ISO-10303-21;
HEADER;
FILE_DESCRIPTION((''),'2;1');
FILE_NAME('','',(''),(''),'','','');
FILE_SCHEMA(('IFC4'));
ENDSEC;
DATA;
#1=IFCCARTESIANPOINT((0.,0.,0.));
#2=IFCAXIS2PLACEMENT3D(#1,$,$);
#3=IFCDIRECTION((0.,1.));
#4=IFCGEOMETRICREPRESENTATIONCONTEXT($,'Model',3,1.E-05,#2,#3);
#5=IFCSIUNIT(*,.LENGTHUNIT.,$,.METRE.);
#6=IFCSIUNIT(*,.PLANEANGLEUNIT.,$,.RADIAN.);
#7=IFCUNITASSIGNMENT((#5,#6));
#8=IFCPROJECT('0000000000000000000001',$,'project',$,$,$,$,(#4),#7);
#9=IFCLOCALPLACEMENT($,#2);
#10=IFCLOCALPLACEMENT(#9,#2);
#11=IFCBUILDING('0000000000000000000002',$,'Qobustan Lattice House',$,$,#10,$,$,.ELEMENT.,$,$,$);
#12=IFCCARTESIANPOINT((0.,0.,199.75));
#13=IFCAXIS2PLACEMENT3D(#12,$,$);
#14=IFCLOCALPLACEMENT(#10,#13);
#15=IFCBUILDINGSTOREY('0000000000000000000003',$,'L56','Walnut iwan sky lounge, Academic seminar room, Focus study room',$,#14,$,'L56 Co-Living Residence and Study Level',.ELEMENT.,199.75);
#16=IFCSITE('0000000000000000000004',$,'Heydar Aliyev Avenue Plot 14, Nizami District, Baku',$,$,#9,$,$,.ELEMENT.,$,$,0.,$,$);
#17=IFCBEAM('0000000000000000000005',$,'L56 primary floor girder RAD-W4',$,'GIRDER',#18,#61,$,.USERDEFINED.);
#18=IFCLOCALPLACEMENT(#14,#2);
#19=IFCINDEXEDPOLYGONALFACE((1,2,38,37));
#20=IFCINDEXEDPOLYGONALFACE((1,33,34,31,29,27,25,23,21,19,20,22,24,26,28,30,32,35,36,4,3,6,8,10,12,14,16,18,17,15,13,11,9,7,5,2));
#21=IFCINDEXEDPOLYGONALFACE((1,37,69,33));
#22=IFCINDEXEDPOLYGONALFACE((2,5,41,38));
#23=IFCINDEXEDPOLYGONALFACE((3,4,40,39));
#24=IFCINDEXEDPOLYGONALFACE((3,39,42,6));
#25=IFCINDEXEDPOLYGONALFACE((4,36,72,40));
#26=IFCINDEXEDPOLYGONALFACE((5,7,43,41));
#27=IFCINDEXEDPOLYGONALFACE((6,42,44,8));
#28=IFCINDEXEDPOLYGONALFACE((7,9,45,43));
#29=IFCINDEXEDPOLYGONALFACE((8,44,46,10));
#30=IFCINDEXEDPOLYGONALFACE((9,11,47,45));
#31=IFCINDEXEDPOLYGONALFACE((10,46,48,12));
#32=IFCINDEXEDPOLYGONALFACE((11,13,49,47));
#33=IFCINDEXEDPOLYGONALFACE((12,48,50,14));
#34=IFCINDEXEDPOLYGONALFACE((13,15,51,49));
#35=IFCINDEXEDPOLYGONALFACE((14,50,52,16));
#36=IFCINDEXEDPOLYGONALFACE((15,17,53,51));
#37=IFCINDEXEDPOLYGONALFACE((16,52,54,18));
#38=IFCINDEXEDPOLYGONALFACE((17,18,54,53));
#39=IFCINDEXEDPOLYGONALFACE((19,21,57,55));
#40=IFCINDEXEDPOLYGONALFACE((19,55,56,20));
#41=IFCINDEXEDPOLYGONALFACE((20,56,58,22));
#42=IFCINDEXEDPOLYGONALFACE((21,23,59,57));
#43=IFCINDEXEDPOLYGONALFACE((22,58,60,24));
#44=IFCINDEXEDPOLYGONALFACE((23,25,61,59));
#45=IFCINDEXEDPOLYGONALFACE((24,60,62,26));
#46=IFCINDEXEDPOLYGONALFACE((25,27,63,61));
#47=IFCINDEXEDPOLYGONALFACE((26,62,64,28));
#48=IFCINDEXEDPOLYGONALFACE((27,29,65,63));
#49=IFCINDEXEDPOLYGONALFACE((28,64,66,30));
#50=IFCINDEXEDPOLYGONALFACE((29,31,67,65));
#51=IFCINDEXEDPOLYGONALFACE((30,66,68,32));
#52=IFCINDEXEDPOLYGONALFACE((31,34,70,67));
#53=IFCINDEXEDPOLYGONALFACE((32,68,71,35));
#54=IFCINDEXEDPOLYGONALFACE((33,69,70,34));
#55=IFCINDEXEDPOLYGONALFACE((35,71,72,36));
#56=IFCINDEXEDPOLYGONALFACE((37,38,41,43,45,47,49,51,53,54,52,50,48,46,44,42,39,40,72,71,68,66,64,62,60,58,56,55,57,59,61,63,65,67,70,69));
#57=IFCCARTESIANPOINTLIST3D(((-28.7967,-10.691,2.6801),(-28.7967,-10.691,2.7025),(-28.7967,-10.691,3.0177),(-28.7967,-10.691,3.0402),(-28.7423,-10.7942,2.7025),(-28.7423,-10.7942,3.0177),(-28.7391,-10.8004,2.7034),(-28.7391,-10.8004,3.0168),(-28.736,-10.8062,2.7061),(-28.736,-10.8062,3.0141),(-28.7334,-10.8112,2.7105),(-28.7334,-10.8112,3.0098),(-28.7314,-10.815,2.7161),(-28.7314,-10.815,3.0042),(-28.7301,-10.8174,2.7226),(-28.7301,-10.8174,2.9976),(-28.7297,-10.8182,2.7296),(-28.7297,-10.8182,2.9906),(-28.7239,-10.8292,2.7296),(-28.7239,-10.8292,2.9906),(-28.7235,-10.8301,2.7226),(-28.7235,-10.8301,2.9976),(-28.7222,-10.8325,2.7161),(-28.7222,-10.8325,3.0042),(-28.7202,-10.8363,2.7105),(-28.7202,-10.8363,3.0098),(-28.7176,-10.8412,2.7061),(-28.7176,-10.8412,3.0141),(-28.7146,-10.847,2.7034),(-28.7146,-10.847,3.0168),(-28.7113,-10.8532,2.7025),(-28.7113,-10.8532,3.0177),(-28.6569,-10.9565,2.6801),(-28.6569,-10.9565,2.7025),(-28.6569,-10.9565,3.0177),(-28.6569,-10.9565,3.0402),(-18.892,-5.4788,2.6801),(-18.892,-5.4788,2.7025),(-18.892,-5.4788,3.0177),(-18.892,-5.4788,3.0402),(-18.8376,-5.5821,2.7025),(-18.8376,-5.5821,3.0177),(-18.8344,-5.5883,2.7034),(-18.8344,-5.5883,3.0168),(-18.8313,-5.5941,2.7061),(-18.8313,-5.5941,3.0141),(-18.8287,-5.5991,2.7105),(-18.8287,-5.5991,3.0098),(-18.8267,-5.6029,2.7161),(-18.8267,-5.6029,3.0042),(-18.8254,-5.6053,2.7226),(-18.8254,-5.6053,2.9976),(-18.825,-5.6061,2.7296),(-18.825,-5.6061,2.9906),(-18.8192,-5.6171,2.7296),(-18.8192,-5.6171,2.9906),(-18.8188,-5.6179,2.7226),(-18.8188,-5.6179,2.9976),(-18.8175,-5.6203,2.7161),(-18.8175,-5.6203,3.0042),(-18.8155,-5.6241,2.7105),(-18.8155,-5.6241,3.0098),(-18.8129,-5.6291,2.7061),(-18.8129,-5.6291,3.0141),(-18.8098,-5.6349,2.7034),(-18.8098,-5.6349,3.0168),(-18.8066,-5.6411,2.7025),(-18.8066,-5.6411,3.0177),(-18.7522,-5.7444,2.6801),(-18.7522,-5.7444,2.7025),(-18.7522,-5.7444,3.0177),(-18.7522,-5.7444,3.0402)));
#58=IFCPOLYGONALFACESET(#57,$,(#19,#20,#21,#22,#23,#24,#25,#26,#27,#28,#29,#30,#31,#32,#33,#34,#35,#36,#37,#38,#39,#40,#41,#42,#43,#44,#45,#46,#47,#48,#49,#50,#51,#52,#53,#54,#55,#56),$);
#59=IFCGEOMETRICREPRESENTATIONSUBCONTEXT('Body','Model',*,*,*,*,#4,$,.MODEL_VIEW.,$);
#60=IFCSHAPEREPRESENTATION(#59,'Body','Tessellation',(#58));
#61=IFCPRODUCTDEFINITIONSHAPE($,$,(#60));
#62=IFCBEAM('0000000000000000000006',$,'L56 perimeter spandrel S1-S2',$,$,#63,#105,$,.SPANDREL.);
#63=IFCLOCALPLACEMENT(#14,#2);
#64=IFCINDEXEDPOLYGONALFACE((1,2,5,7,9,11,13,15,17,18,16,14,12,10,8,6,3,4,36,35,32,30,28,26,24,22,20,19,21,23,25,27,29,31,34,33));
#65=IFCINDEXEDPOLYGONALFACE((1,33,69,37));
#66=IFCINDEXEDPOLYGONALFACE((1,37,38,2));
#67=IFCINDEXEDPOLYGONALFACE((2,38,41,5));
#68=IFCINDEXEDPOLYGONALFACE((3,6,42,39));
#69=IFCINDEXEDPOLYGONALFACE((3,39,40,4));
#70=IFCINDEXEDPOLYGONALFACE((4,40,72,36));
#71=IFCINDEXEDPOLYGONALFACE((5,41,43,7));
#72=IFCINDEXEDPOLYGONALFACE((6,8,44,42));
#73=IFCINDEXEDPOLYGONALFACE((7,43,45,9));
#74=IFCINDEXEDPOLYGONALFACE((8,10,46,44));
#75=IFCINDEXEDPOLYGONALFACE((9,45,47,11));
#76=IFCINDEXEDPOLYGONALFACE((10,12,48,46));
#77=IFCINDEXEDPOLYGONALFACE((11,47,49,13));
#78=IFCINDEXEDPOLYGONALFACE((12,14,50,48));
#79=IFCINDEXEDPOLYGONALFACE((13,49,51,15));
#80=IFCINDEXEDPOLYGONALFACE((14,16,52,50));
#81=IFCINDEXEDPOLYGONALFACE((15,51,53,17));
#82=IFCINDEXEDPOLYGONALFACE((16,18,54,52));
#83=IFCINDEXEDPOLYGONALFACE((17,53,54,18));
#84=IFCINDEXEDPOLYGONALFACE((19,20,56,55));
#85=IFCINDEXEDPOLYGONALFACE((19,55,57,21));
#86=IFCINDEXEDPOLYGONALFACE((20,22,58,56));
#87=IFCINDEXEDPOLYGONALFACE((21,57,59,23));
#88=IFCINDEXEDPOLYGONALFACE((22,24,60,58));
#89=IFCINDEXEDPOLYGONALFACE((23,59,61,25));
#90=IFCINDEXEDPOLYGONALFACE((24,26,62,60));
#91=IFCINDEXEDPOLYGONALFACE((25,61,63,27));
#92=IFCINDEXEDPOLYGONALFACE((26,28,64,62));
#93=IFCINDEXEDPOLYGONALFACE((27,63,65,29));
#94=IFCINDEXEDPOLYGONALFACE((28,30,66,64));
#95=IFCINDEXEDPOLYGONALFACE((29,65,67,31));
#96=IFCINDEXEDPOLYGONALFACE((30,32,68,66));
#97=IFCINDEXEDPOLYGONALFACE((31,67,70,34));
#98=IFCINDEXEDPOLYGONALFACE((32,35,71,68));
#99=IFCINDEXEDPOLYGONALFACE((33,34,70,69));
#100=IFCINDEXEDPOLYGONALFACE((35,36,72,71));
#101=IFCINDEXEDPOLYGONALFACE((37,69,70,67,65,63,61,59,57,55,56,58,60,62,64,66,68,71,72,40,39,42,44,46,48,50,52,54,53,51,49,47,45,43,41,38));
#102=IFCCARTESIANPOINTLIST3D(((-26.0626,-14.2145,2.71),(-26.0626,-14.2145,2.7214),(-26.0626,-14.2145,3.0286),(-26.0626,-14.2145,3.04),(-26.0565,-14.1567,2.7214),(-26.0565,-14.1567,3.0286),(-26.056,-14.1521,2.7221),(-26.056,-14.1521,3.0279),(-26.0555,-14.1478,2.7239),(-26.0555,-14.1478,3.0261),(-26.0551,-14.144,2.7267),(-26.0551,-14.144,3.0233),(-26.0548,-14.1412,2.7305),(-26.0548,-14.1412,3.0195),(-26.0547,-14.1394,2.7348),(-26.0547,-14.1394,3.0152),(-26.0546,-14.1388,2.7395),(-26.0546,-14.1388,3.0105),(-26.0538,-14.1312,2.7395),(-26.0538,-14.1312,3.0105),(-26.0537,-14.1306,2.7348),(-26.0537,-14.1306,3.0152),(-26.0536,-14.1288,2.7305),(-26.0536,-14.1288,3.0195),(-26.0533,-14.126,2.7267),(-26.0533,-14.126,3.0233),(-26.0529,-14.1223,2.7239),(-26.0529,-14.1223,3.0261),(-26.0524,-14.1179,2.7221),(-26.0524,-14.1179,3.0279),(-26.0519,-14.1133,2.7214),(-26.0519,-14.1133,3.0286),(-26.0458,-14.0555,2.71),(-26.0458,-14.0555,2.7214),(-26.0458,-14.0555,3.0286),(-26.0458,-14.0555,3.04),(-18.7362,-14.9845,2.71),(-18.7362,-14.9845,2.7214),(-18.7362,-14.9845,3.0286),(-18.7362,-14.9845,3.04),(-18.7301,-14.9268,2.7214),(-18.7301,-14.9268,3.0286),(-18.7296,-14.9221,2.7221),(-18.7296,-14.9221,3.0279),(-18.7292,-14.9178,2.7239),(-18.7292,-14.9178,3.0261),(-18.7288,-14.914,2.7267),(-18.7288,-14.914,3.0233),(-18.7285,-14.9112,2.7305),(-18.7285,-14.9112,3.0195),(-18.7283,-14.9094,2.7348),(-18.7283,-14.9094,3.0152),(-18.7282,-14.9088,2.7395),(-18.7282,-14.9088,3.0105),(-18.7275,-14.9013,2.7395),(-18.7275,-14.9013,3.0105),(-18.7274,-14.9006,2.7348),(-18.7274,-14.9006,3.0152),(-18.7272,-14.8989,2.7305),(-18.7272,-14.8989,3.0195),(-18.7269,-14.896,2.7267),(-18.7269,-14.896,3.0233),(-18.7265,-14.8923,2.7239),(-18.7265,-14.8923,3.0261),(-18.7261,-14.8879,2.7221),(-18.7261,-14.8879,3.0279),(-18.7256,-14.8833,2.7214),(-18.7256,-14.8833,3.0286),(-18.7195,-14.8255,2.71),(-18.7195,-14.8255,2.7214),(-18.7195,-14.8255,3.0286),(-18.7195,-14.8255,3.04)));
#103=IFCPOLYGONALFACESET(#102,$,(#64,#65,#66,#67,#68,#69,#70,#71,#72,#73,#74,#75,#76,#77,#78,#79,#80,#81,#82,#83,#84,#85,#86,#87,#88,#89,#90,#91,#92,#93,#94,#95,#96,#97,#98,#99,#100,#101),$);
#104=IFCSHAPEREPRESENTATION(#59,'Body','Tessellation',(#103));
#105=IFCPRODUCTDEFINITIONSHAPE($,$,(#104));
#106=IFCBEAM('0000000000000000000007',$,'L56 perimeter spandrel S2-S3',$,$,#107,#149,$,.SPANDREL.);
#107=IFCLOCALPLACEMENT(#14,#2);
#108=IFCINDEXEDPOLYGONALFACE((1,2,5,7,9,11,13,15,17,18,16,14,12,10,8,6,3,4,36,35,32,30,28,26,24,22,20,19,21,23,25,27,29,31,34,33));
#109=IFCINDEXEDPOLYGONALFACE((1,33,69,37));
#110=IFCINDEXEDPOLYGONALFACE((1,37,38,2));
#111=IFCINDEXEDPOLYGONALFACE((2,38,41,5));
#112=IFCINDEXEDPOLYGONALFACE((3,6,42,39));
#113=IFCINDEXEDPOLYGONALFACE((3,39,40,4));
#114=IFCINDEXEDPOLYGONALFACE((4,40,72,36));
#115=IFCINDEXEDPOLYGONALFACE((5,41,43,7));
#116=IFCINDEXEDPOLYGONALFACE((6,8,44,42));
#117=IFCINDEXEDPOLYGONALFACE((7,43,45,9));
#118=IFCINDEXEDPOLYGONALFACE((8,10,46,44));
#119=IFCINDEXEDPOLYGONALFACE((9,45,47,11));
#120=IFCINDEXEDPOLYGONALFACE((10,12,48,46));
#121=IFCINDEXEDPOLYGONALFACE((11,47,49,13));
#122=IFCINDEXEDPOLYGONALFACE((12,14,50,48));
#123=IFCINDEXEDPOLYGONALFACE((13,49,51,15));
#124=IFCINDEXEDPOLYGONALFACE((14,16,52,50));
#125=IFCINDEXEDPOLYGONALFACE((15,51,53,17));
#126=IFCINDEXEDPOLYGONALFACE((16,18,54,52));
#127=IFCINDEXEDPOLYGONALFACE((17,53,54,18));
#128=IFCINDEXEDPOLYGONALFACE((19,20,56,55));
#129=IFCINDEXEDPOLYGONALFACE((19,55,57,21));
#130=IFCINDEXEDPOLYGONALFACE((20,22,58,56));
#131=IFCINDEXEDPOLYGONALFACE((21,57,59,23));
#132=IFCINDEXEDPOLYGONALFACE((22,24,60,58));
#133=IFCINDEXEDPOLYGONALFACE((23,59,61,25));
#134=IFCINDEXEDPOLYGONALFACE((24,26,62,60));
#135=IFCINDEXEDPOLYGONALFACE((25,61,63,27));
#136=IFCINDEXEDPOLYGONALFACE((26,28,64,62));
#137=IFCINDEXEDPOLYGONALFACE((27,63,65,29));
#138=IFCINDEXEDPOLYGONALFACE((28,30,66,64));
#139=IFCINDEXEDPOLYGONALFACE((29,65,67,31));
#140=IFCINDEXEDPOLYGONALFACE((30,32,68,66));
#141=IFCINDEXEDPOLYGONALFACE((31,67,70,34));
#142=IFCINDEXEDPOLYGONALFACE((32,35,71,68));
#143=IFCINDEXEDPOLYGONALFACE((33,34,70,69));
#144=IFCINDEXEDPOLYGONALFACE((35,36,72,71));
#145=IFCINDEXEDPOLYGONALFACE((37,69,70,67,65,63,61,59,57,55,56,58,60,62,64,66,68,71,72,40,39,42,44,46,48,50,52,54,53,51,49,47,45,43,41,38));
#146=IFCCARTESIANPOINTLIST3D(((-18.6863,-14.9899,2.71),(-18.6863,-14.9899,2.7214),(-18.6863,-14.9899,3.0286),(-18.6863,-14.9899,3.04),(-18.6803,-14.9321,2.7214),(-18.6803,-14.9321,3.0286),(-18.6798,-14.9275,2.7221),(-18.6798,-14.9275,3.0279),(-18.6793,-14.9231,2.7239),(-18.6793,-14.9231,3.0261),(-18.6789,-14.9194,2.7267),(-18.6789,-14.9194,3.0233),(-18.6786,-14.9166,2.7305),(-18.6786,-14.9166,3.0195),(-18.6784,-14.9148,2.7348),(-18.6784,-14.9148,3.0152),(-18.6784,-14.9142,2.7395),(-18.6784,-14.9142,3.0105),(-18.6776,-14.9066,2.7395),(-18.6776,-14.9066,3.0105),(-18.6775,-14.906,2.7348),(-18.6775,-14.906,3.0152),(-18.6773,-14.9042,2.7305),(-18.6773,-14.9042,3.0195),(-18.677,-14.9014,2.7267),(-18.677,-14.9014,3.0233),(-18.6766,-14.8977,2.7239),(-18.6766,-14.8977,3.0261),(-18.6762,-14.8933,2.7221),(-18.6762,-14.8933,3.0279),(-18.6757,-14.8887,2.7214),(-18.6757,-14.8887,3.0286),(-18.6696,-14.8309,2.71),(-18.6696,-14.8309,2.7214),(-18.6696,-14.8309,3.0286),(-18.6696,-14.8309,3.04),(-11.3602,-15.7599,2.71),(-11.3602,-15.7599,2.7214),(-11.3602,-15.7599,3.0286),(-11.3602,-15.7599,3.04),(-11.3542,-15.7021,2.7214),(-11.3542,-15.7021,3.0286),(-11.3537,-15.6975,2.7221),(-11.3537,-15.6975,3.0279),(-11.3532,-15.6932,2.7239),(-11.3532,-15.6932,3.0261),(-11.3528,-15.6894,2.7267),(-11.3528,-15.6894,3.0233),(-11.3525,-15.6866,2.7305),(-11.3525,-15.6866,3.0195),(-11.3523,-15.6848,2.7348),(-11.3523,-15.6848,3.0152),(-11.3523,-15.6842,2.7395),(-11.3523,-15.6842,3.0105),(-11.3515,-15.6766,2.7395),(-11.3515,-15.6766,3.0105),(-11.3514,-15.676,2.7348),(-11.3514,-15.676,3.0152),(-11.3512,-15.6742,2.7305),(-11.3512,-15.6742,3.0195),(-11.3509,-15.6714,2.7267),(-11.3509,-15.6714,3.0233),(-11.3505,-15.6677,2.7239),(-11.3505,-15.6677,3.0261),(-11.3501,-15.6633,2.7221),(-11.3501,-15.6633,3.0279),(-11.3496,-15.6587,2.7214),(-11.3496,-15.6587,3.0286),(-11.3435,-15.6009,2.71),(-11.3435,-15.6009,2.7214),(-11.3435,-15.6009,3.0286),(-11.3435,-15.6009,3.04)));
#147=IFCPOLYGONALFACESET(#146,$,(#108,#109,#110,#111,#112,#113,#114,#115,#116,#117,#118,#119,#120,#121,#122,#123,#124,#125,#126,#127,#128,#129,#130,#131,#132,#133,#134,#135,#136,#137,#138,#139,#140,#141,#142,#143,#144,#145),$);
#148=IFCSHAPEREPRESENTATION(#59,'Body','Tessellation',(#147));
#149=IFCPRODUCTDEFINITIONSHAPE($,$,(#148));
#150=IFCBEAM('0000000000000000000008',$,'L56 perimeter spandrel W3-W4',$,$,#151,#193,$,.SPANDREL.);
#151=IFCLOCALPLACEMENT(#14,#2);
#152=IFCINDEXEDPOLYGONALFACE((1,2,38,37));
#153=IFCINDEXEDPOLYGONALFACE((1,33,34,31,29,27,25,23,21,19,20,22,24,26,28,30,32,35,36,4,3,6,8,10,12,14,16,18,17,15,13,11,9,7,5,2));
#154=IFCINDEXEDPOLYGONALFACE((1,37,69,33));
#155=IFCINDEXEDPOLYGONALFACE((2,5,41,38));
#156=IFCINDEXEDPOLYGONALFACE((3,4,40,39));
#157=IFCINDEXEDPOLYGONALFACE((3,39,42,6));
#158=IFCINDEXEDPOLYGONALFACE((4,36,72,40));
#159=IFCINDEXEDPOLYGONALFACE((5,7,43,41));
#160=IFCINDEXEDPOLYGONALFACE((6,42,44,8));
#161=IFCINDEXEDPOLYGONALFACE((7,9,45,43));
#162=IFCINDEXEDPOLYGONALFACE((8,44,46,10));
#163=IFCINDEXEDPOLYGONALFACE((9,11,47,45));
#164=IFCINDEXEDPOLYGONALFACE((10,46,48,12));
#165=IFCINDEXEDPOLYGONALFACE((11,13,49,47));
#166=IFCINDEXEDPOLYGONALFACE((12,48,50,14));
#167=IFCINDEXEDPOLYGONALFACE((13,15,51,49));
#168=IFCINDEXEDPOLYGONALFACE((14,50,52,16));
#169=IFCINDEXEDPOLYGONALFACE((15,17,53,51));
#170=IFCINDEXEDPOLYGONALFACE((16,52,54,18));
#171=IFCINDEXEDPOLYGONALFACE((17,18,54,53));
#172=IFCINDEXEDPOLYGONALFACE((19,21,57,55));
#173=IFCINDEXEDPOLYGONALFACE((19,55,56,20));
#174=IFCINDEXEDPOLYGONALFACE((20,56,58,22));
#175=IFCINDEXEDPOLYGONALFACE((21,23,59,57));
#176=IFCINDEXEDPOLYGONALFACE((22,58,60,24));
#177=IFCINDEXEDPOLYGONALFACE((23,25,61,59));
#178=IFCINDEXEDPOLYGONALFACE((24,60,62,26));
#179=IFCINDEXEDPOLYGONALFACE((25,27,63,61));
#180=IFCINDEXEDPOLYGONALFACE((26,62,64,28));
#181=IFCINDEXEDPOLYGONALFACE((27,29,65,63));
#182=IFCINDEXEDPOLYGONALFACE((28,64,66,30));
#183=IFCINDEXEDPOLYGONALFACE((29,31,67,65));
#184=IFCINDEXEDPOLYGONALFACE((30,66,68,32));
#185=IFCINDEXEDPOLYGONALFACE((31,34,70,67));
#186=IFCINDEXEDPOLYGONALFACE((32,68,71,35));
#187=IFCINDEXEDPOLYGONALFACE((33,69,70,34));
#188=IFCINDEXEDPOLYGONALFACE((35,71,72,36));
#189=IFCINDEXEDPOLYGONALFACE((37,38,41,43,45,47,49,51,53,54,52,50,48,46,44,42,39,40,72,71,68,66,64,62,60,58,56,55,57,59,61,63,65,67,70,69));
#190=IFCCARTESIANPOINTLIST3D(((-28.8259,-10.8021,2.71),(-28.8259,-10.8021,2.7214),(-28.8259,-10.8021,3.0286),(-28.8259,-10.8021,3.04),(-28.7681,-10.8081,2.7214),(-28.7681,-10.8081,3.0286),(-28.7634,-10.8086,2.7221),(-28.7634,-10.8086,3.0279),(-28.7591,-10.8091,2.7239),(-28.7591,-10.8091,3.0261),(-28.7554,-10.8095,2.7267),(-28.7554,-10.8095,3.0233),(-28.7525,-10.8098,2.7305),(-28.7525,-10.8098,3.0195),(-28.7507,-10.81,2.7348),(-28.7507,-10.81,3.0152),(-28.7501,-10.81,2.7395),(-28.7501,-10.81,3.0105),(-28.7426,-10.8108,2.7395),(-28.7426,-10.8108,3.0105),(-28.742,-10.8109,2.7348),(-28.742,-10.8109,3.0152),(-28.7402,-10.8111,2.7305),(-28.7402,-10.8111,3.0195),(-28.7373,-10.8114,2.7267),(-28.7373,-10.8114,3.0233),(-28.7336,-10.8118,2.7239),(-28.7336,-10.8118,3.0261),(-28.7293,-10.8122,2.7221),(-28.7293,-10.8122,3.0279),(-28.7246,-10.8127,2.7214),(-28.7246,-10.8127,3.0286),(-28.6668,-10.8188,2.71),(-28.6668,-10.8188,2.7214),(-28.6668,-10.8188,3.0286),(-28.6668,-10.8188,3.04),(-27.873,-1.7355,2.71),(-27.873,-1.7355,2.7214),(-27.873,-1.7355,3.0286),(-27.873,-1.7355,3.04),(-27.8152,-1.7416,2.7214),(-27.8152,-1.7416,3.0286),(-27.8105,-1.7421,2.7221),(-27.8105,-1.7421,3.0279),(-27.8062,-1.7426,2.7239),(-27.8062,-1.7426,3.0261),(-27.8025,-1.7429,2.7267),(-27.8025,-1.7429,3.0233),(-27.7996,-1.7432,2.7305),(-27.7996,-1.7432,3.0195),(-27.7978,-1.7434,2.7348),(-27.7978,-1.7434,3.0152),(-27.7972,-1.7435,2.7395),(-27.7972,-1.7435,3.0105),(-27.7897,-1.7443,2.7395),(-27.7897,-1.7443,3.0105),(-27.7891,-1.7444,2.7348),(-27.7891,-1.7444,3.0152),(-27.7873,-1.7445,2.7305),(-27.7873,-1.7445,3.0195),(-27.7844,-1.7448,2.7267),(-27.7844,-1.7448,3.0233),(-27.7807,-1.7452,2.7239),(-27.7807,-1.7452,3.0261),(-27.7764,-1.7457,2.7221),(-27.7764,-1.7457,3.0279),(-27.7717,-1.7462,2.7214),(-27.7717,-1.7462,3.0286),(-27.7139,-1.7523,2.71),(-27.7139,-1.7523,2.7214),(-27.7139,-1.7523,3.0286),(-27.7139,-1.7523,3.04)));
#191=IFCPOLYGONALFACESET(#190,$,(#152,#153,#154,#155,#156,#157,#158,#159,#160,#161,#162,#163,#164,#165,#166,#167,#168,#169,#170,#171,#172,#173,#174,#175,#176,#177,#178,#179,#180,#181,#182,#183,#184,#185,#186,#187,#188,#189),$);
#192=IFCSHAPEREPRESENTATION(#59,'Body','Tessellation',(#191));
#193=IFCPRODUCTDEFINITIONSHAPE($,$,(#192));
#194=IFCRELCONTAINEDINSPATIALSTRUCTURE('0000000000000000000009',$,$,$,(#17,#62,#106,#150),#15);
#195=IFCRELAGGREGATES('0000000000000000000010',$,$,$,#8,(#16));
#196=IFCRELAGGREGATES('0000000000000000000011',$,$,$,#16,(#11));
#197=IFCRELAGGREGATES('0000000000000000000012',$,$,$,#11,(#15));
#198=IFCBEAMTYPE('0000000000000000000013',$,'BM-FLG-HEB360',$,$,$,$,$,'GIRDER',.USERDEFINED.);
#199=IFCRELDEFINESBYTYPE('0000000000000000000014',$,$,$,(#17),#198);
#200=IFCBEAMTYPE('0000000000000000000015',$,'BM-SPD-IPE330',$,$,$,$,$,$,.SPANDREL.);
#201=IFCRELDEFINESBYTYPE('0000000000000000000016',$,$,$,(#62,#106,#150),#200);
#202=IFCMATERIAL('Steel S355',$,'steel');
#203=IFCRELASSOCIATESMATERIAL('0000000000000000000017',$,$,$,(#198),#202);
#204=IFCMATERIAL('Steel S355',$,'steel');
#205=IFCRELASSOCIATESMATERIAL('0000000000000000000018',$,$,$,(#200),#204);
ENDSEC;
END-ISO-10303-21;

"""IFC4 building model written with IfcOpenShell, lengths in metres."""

from ifc_helpers import new_model, si_unit, direction, frame, origin, origin_2d, place, context, subcontext, project, spatial, i_section, extrude, material, material_profile, profile_set, type_object, element, save


model = new_model("IFC4")

# Units and contexts
model_context = context("Model", 3, precision=1e-05, world=origin(), true_north=direction((0.0, 1.0)))
body_context = subcontext(model_context, "Body", "Model", "MODEL_VIEW")
ifc_project = project(units=[si_unit("LENGTHUNIT", "METRE"), si_unit("PLANEANGLEUNIT", "RADIAN")], contexts=[model_context])

# Site, building, storey
site_placement = place(None, origin())
site = spatial("IfcSite", under=ifc_project, at=site_placement, Name="Heydar Aliyev Avenue Plot 14, Nizami District, Baku", CompositionType="ELEMENT", RefElevation=0.0)
building_placement = place(site_placement, origin())
building = spatial("IfcBuilding", under=site, at=building_placement, Name="Qobustan Lattice House", CompositionType="ELEMENT")
storey_placement = place(building_placement, frame((0.0, 0.0, 199.75)))
storey = spatial("IfcBuildingStorey", under=building, at=storey_placement, Name="L56", Description="Walnut iwan sky lounge, Academic seminar room, Focus study room", LongName="L56 Co-Living Residence and Study Level", CompositionType="ELEMENT", Elevation=199.75)

# Beams
ifc_material_1 = material(Name="Steel S355", Category="steel")
ifc_material_profile_1 = material_profile(ifc_material_1, i_section(OverallWidth=0.3, OverallDepth=0.3601, WebThickness=0.0125, FlangeThickness=0.0225, FilletRadius=0.0271, at=origin_2d()), Name="HEB360")
ifc_profile_set_1 = profile_set([ifc_material_profile_1], Name="Steel S355")
beam_type_1 = type_object("IfcBeamType", Name="BM-FLG-HEB360", ElementType="GIRDER", PredefinedType="USERDEFINED", material=ifc_profile_set_1)
beam_1_placement = place(storey_placement, frame((-28.7268, -10.8237, 2.8601), z_axis=(0.884951, 0.465684, 0.0), x_axis=(-0.465684, 0.884951, 0.0)))
element("IfcBeam", 1, at=beam_1_placement, inside=storey, type_object=beam_type_1, Name="L56 primary floor girder RAD-W4", ObjectType="GIRDER", PredefinedType="USERDEFINED", context=body_context, shape_type="SweptSolid", body=[
    extrude(i_section(OverallWidth=0.3, OverallDepth=0.3601, WebThickness=0.0125, FlangeThickness=0.0225, FilletRadius=0.0271, at=origin_2d()), origin(), (0.0, 0.0, 1.0), 11.1924),
])
ifc_material_2 = material(Name="Steel S355", Category="steel")
ifc_material_profile_2 = material_profile(ifc_material_2, i_section(OverallWidth=0.1599, OverallDepth=0.3301, WebThickness=0.0076, FlangeThickness=0.0115, FilletRadius=0.0181, at=origin_2d()), Name="IPE330")
ifc_profile_set_2 = profile_set([ifc_material_profile_2], Name="Steel S355")
beam_type_2 = type_object("IfcBeamType", Name="BM-SPD-IPE330", PredefinedType="SPANDREL", material=ifc_profile_set_2)
beam_2_placement = place(storey_placement, frame((-26.0542, -14.135, 2.875), z_axis=(0.994522, -0.104526, 0.0), x_axis=(0.104526, 0.994522, 0.0)))
element("IfcBeam", 2, at=beam_2_placement, inside=storey, type_object=beam_type_2, Name="L56 perimeter spandrel S1-S2", PredefinedType="SPANDREL", context=body_context, shape_type="SweptSolid", body=[
    extrude(i_section(OverallWidth=0.1599, OverallDepth=0.3301, WebThickness=0.0076, FlangeThickness=0.0115, FilletRadius=0.0181, at=origin_2d()), origin(), (0.0, 0.0, 1.0), 7.3667),
])
beam_3_placement = place(storey_placement, frame((-18.678, -14.9104, 2.875), z_axis=(0.994522, -0.10453, 0.0), x_axis=(0.10453, 0.994522, 0.0)))
element("IfcBeam", 3, at=beam_3_placement, inside=storey, type_object=beam_type_2, Name="L56 perimeter spandrel S2-S3", PredefinedType="SPANDREL", context=body_context, shape_type="SweptSolid", body=[
    extrude(i_section(OverallWidth=0.1599, OverallDepth=0.3301, WebThickness=0.0076, FlangeThickness=0.0115, FilletRadius=0.0181, at=origin_2d()), origin(), (0.0, 0.0, 1.0), 7.3665),
])
beam_4_placement = place(storey_placement, frame((-27.7935, -1.7439, 2.875), z_axis=(-0.104524, -0.994522, 0.0), x_axis=(0.994522, -0.104524, 0.0)))
element("IfcBeam", 4, at=beam_4_placement, inside=storey, type_object=beam_type_2, Name="L56 perimeter spandrel W3-W4", PredefinedType="SPANDREL", context=body_context, shape_type="SweptSolid", body=[
    extrude(i_section(OverallWidth=0.1599, OverallDepth=0.3301, WebThickness=0.0076, FlangeThickness=0.0115, FilletRadius=0.0181, at=origin_2d()), origin(), (0.0, 0.0, 1.0), 9.1165),
])

save(model, "model.ifc")
